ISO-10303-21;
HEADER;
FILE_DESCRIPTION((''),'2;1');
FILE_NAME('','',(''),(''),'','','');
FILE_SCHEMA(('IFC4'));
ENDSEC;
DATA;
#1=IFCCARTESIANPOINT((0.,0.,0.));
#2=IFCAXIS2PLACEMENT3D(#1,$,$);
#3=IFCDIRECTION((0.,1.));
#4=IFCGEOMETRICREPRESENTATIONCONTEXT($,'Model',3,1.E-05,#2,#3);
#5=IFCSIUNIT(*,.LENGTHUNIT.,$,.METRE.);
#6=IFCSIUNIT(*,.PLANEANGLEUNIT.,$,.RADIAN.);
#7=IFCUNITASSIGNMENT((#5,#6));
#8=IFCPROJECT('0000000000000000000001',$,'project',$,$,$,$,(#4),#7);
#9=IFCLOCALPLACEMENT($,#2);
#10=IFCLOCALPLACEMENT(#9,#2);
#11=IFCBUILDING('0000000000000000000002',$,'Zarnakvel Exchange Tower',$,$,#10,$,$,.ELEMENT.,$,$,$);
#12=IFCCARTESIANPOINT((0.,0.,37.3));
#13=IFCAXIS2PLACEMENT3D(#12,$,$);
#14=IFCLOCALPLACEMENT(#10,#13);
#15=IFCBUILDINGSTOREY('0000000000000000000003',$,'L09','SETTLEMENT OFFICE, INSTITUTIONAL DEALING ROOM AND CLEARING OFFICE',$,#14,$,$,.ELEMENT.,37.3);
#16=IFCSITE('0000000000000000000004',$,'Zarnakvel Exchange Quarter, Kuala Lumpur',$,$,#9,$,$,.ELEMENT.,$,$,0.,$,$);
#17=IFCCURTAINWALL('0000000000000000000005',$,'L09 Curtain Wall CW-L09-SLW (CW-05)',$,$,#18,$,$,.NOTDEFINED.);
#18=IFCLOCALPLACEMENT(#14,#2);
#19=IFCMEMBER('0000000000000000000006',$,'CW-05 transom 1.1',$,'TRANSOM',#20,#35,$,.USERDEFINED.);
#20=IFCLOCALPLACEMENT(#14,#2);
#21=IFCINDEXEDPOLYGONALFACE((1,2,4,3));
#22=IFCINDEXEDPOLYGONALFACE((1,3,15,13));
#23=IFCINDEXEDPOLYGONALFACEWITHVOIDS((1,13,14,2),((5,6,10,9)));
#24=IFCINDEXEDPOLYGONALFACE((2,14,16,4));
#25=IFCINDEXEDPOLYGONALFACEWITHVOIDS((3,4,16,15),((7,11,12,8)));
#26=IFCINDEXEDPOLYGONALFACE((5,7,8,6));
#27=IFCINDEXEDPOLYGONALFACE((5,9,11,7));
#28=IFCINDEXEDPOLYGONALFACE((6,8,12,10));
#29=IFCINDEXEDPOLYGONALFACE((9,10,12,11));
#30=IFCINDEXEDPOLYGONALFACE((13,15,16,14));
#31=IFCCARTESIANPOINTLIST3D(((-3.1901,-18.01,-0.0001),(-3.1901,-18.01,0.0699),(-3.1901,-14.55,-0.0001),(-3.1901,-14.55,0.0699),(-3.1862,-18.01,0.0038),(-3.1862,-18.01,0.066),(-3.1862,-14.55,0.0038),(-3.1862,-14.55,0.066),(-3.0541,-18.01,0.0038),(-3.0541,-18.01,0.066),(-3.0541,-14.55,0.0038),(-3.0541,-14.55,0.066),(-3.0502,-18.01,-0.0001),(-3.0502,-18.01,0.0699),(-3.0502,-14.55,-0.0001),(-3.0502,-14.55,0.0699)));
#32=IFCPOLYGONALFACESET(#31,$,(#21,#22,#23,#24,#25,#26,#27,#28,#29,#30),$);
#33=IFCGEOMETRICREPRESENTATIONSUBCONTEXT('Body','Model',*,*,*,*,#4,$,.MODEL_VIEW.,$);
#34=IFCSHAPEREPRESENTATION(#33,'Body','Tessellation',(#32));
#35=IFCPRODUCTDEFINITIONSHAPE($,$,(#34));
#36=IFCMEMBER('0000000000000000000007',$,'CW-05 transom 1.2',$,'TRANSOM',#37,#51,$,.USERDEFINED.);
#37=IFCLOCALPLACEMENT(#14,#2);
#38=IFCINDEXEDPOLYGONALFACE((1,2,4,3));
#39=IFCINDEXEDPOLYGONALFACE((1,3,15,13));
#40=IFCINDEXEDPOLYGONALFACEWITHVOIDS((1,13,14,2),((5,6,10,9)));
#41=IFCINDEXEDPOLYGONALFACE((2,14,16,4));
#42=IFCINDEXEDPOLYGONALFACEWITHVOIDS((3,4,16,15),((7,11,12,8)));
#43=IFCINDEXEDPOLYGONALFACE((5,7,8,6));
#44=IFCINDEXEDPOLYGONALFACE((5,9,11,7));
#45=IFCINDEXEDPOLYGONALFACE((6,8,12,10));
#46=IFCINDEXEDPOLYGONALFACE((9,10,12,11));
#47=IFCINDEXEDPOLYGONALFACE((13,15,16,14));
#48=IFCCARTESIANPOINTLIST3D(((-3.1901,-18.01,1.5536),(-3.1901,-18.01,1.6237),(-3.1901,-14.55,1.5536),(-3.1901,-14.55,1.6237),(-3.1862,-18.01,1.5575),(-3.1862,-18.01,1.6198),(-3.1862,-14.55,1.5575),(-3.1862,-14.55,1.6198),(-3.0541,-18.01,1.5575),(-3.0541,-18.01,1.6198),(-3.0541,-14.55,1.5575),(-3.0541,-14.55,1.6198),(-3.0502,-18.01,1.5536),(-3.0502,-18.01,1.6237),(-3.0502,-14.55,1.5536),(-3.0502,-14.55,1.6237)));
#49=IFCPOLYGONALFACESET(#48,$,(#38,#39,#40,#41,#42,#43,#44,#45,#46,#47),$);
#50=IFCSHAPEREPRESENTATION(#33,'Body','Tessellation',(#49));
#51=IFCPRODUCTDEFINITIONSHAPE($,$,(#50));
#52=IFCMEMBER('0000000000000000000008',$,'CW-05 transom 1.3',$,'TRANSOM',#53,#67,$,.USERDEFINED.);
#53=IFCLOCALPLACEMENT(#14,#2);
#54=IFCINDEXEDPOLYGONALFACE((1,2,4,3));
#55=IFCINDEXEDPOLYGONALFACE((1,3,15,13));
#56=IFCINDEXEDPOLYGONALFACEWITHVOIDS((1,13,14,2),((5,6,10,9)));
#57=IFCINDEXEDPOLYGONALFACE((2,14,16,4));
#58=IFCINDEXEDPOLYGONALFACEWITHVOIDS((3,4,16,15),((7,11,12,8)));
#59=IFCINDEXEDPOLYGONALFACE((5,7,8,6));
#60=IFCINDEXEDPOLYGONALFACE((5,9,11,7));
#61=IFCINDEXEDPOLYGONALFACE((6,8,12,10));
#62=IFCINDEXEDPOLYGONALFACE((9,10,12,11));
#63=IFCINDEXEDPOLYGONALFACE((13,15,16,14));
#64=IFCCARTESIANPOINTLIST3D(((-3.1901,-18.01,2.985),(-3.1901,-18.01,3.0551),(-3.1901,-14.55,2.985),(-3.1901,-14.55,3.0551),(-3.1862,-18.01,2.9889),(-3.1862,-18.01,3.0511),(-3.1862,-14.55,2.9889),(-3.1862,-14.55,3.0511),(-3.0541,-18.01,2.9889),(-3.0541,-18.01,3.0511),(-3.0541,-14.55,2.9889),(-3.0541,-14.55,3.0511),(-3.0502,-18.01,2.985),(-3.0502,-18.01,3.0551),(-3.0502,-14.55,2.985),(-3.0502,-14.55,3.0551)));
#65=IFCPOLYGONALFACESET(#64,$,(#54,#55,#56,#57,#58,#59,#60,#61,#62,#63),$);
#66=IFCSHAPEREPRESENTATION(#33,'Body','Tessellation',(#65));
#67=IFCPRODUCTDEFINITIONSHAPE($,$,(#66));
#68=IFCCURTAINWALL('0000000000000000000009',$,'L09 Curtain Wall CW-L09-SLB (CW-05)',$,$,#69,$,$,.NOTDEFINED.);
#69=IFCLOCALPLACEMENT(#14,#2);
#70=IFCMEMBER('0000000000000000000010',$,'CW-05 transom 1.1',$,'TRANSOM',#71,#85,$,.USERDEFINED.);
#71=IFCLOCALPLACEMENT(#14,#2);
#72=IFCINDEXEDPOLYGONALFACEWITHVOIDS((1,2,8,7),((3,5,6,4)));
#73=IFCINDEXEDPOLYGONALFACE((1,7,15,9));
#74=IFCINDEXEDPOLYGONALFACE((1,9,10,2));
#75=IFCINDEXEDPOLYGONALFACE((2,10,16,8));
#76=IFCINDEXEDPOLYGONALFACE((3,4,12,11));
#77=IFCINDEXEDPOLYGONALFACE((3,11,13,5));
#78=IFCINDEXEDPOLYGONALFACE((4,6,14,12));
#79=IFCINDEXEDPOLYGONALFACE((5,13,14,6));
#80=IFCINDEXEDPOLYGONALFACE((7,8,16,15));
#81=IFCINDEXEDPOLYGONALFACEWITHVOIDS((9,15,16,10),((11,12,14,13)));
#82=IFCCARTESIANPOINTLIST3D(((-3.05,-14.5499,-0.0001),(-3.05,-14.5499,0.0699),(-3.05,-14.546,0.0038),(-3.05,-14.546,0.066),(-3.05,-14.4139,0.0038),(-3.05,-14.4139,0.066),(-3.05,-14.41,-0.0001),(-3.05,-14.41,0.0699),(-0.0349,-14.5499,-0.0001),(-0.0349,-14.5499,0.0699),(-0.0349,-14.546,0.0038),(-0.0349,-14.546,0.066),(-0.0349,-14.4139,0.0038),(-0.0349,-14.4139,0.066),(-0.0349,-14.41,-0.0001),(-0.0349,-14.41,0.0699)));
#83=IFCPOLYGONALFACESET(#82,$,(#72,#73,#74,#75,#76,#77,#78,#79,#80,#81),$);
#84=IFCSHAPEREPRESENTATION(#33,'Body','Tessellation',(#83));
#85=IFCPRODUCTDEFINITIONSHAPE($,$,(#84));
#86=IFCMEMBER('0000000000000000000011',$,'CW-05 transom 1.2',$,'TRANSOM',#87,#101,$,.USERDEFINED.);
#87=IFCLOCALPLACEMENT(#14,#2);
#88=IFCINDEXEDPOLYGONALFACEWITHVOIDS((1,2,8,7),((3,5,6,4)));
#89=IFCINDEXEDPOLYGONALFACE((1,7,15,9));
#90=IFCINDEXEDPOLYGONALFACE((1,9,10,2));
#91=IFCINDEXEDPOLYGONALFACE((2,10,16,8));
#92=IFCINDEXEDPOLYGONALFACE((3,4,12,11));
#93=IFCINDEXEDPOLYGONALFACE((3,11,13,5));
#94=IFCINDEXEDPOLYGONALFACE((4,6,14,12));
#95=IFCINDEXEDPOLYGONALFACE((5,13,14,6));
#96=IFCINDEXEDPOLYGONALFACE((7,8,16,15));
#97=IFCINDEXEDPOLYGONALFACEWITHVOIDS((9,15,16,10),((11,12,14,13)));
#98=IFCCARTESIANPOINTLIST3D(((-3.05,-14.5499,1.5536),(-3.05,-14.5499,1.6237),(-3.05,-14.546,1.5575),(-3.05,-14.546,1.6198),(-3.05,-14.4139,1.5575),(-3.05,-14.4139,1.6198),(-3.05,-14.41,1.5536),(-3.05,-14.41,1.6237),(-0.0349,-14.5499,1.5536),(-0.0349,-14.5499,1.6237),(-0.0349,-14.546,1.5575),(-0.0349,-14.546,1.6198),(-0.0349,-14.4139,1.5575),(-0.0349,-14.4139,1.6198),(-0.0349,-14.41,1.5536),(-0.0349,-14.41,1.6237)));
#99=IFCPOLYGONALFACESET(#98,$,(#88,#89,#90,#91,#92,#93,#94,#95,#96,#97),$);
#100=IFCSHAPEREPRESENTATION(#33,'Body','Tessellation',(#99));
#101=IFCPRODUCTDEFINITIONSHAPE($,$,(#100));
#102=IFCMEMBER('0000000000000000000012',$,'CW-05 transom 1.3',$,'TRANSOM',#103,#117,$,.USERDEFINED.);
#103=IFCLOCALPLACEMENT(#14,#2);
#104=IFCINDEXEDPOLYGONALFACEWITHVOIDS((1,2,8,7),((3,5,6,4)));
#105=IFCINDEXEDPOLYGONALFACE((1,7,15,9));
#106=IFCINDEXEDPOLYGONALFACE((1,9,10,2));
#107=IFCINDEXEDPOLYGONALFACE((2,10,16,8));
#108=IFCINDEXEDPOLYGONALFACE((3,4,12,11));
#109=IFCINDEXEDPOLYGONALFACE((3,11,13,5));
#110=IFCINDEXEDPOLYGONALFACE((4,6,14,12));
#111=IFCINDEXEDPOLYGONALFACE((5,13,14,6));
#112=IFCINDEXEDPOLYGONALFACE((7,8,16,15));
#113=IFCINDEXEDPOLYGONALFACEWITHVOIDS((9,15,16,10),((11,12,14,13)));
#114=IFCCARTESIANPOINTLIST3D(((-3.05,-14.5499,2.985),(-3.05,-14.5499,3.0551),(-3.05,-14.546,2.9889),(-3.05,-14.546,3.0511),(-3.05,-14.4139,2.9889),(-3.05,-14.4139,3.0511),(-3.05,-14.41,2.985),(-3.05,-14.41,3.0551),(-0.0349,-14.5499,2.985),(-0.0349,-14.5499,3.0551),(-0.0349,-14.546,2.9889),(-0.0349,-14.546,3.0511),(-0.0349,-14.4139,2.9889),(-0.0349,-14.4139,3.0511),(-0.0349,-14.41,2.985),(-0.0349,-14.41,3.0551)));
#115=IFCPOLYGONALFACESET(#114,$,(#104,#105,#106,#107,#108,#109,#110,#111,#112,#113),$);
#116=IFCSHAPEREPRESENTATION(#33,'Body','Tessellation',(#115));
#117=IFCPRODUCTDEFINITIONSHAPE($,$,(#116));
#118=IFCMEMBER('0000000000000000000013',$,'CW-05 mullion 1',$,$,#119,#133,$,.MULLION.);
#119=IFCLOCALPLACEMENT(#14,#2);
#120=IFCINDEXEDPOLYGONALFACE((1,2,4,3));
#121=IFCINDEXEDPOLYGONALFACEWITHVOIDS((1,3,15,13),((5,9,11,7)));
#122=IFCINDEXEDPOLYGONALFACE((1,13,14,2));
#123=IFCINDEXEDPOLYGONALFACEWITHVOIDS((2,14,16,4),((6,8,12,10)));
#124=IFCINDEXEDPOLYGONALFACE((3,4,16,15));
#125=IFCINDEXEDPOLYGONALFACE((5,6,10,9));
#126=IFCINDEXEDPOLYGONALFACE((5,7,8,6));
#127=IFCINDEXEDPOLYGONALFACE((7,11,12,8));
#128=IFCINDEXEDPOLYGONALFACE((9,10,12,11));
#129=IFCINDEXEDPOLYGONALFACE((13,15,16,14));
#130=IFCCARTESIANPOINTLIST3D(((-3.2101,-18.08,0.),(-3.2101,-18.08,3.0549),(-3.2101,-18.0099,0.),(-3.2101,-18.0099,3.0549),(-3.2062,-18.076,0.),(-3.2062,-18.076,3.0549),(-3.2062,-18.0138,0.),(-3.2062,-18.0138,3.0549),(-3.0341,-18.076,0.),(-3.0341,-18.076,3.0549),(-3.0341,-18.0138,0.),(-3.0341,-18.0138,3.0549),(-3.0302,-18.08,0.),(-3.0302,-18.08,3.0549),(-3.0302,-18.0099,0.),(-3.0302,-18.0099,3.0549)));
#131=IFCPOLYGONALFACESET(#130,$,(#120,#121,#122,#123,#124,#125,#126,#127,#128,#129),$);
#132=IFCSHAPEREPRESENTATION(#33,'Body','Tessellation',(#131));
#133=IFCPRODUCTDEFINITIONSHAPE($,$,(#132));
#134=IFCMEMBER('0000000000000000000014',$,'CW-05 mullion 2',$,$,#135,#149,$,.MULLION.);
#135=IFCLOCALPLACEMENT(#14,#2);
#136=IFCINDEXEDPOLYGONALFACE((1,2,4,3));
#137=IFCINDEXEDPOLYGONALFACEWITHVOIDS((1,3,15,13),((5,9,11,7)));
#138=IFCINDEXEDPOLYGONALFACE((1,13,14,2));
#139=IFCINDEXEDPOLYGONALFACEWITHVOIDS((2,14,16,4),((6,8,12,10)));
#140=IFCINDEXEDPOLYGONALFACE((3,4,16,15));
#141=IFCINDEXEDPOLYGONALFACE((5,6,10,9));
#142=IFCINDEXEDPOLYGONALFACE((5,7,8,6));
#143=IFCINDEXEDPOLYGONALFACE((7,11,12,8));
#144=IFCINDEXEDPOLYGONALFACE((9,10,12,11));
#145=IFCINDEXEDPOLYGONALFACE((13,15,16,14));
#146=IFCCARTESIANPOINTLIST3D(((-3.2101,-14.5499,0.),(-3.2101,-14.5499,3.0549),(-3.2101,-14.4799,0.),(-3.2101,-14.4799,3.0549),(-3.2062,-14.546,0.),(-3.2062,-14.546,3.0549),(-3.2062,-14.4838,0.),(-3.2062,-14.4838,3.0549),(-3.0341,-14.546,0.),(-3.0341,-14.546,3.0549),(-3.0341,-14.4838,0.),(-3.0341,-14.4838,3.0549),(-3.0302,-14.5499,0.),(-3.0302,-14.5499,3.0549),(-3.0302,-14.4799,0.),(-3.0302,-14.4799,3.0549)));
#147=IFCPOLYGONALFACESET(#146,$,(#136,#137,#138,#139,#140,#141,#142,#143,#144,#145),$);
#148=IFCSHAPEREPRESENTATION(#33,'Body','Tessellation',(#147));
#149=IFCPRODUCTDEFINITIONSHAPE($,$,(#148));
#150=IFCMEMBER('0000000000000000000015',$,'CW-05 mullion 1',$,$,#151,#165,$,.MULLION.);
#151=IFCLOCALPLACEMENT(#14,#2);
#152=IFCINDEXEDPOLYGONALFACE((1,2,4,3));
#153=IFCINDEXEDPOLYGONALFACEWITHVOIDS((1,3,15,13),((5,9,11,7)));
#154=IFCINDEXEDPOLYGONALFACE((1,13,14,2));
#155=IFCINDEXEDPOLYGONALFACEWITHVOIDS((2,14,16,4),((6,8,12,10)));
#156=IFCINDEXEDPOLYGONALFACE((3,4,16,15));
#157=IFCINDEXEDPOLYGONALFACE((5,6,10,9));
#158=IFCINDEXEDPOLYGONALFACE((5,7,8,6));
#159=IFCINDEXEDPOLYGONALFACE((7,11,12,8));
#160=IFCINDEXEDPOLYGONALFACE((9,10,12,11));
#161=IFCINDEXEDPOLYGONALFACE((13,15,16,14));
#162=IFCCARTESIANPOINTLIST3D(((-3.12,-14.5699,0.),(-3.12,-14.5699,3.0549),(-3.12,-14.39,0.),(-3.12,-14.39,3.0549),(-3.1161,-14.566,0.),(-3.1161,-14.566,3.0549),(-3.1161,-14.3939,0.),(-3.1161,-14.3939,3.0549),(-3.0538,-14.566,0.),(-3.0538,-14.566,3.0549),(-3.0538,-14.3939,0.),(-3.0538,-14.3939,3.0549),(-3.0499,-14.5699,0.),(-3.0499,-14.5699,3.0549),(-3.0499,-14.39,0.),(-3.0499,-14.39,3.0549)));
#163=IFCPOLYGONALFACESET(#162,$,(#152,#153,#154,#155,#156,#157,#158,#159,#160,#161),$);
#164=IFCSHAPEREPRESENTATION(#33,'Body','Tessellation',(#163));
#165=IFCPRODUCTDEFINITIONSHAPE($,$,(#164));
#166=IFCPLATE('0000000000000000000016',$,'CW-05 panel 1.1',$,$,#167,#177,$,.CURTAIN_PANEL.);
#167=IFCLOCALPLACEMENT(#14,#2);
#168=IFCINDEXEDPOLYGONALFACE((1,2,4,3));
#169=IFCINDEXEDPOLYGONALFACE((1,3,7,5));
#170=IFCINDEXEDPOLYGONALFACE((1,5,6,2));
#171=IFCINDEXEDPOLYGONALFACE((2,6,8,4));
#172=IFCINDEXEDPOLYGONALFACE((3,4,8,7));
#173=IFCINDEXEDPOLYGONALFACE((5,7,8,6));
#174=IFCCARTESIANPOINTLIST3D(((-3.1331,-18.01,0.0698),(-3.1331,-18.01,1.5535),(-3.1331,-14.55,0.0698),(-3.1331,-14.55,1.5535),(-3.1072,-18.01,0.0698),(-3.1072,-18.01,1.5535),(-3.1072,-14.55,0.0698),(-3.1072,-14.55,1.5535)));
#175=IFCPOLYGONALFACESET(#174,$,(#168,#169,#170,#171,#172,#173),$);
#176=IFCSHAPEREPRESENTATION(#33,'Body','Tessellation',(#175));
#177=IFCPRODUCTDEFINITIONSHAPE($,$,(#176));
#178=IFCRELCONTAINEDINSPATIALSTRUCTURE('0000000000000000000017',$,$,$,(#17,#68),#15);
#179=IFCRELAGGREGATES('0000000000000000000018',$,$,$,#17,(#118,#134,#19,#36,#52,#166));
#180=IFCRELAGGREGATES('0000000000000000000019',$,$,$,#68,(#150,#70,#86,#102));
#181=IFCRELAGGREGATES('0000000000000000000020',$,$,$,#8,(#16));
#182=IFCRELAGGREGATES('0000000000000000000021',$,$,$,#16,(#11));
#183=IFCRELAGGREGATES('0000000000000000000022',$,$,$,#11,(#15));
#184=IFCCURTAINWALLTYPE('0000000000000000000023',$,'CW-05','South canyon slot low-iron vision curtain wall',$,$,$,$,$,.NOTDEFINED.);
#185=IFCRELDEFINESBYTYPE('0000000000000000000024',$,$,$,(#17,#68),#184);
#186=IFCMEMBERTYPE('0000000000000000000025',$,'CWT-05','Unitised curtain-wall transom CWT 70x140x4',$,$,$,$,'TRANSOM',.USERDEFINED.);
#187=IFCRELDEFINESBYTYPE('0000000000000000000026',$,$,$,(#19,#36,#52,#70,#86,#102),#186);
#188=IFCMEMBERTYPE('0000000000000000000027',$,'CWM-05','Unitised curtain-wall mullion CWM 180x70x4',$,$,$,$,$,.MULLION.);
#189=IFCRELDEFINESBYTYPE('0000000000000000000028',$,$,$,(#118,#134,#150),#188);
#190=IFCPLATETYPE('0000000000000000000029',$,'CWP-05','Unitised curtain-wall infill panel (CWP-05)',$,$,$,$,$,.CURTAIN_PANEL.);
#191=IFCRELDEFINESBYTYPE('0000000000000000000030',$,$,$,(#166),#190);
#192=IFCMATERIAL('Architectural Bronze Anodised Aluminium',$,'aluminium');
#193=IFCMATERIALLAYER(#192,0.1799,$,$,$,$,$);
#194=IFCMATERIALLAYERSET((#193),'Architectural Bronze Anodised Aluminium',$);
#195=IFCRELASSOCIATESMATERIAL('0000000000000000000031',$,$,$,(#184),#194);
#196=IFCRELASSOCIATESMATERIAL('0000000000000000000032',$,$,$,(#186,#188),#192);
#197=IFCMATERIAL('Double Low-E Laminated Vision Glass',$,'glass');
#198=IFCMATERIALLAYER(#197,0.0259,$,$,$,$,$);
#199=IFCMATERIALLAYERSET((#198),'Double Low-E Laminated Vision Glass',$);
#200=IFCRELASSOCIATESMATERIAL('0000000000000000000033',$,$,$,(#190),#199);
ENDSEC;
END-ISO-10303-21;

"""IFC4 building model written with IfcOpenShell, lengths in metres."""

from ifc_helpers import new_model, si_unit, direction, frame, origin, origin_2d, place, context, subcontext, project, spatial, rectangle, hollow_rectangle, extrude, source, transform, mapped, material, layer, layer_set, material_profile, profile_set, type_object, element, aggregate, save


model = new_model("IFC4")

# Units and contexts
model_context = context("Model", 3, precision=1e-05, world=origin(), true_north=direction((0.0, 1.0)))
body_context = subcontext(model_context, "Body", "Model", "MODEL_VIEW")
ifc_project = project(units=[si_unit("LENGTHUNIT", "METRE"), si_unit("PLANEANGLEUNIT", "RADIAN")], contexts=[model_context])

# Site, building, storey
site_placement = place(None, origin())
site = spatial("IfcSite", under=ifc_project, at=site_placement, Name="Zarnakvel Exchange Quarter, Kuala Lumpur", CompositionType="ELEMENT", RefElevation=0.0)
building_placement = place(site_placement, origin())
building = spatial("IfcBuilding", under=site, at=building_placement, Name="Zarnakvel Exchange Tower", CompositionType="ELEMENT")
storey_placement = place(building_placement, frame((0.0, 0.0, 37.3)))
storey = spatial("IfcBuildingStorey", under=building, at=storey_placement, Name="L09", Description="SETTLEMENT OFFICE, INSTITUTIONAL DEALING ROOM AND CLEARING OFFICE", CompositionType="ELEMENT", Elevation=37.3)

# Curtain walls, members
ifc_material_1 = material(Name="Architectural Bronze Anodised Aluminium", Category="aluminium")
ifc_layer_1 = layer(ifc_material_1, 0.1799)
ifc_layer_set_1 = layer_set([ifc_layer_1], Name="Architectural Bronze Anodised Aluminium")
curtain_wall_type = type_object("IfcCurtainWallType", Name="CW-05", Description="South canyon slot low-iron vision curtain wall", PredefinedType="NOTDEFINED", material=ifc_layer_set_1)
curtain_wall_1_placement = place(storey_placement, origin())
curtain_wall_1 = element("IfcCurtainWall", 1, at=curtain_wall_1_placement, inside=storey, type_object=curtain_wall_type, Name="L09 Curtain Wall CW-L09-SLW (CW-05)", PredefinedType="NOTDEFINED")
ifc_material_profile_1 = material_profile(ifc_material_1, hollow_rectangle(XDim=0.1399, YDim=0.0701, WallThickness=0.0039, at=origin_2d()))
ifc_profile_set_1 = profile_set([ifc_material_profile_1], Name="Architectural Bronze Anodised Aluminium")
member_type_1 = type_object("IfcMemberType", Name="CWT-05", Description="Unitised curtain-wall transom CWT 70x140x4", ElementType="TRANSOM", PredefinedType="USERDEFINED", material=ifc_profile_set_1)
shared_shape_1 = source(origin(), body_context, "Body", "SweptSolid", [
    extrude(hollow_rectangle(XDim=0.1399, YDim=0.0701, WallThickness=0.0039, at=origin_2d()), origin(), (0.0, 0.0, 1.0), 3.46),
])
member_1_placement = place(storey_placement, frame((-3.1201, -18.01, 0.0349), z_axis=(0.0, 1.0, 0.0), x_axis=(-1.0, 0.0, 0.0)))
member_1 = element("IfcMember", 2, at=member_1_placement, type_object=member_type_1, Name="CW-05 transom 1.1", ObjectType="TRANSOM", PredefinedType="USERDEFINED", context=body_context, shape_type="MappedRepresentation", body=[
    mapped(shared_shape_1, transform((0.0, 0.0, 0.0), x_axis=(1.0, 0.0, 0.0), y_axis=(0.0, 1.0, 0.0), z_axis=(0.0, 0.0, 1.0), scale=1.0)),
])
member_2_placement = place(storey_placement, frame((-3.1201, -18.01, 1.5886), z_axis=(0.0, 1.0, 0.0), x_axis=(-1.0, 0.0, 0.0)))
member_2 = element("IfcMember", 3, at=member_2_placement, type_object=member_type_1, Name="CW-05 transom 1.2", ObjectType="TRANSOM", PredefinedType="USERDEFINED", context=body_context, shape_type="MappedRepresentation", body=[
    mapped(shared_shape_1, transform((0.0, 0.0, 0.0), x_axis=(1.0, 0.0, 0.0), y_axis=(0.0, 1.0, 0.0), z_axis=(0.0, 0.0, 1.0), scale=1.0)),
])
member_3_placement = place(storey_placement, frame((-3.1201, -18.01, 3.02), z_axis=(0.0, 1.0, 0.0), x_axis=(-1.0, 0.0, 0.0)))
member_3 = element("IfcMember", 4, at=member_3_placement, type_object=member_type_1, Name="CW-05 transom 1.3", ObjectType="TRANSOM", PredefinedType="USERDEFINED", context=body_context, shape_type="MappedRepresentation", body=[
    mapped(shared_shape_1, transform((0.0, 0.0, 0.0), x_axis=(1.0, 0.0, 0.0), y_axis=(0.0, 1.0, 0.0), z_axis=(0.0, 0.0, 1.0), scale=1.0)),
])
curtain_wall_2_placement = place(storey_placement, origin())
curtain_wall_2 = element("IfcCurtainWall", 5, at=curtain_wall_2_placement, inside=storey, type_object=curtain_wall_type, Name="L09 Curtain Wall CW-L09-SLB (CW-05)", PredefinedType="NOTDEFINED")
shared_shape_2 = source(origin(), body_context, "Body", "SweptSolid", [
    extrude(hollow_rectangle(XDim=0.1399, YDim=0.0701, WallThickness=0.0039, at=origin_2d()), origin(), (0.0, 0.0, 1.0), 3.0151),
])
member_4_placement = place(storey_placement, frame((-3.05, -14.48, 0.0349), z_axis=(1.0, 0.0, 0.0), x_axis=(0.0, 1.0, 0.0)))
member_4 = element("IfcMember", 6, at=member_4_placement, type_object=member_type_1, Name="CW-05 transom 1.1", ObjectType="TRANSOM", PredefinedType="USERDEFINED", context=body_context, shape_type="MappedRepresentation", body=[
    mapped(shared_shape_2, transform((0.0, 0.0, 0.0), x_axis=(1.0, 0.0, 0.0), y_axis=(0.0, 1.0, 0.0), z_axis=(0.0, 0.0, 1.0), scale=1.0)),
])
member_5_placement = place(storey_placement, frame((-3.05, -14.48, 1.5886), z_axis=(1.0, 0.0, 0.0), x_axis=(0.0, 1.0, 0.0)))
member_5 = element("IfcMember", 7, at=member_5_placement, type_object=member_type_1, Name="CW-05 transom 1.2", ObjectType="TRANSOM", PredefinedType="USERDEFINED", context=body_context, shape_type="MappedRepresentation", body=[
    mapped(shared_shape_2, transform((0.0, 0.0, 0.0), x_axis=(1.0, 0.0, 0.0), y_axis=(0.0, 1.0, 0.0), z_axis=(0.0, 0.0, 1.0), scale=1.0)),
])
member_6_placement = place(storey_placement, frame((-3.05, -14.48, 3.02), z_axis=(1.0, 0.0, 0.0), x_axis=(0.0, 1.0, 0.0)))
member_6 = element("IfcMember", 8, at=member_6_placement, type_object=member_type_1, Name="CW-05 transom 1.3", ObjectType="TRANSOM", PredefinedType="USERDEFINED", context=body_context, shape_type="MappedRepresentation", body=[
    mapped(shared_shape_2, transform((0.0, 0.0, 0.0), x_axis=(1.0, 0.0, 0.0), y_axis=(0.0, 1.0, 0.0), z_axis=(0.0, 0.0, 1.0), scale=1.0)),
])

# Members
ifc_material_profile_2 = material_profile(ifc_material_1, hollow_rectangle(XDim=0.1799, YDim=0.0701, WallThickness=0.0039, at=origin_2d()))
ifc_profile_set_2 = profile_set([ifc_material_profile_2], Name="Architectural Bronze Anodised Aluminium")
member_type_2 = type_object("IfcMemberType", Name="CWM-05", Description="Unitised curtain-wall mullion CWM 180x70x4", PredefinedType="MULLION", material=ifc_profile_set_2)
shared_shape_3 = source(origin(), body_context, "Body", "SweptSolid", [
    extrude(hollow_rectangle(XDim=0.1799, YDim=0.0701, WallThickness=0.0039, at=origin_2d()), origin(), (0.0, 0.0, 1.0), 3.0549),
])
member_7_placement = place(storey_placement, frame((-3.1201, -18.0449, 0.0), z_axis=(0.0, 0.0, 1.0), x_axis=(-1.0, 0.0, 0.0)))
member_7 = element("IfcMember", 9, at=member_7_placement, type_object=member_type_2, Name="CW-05 mullion 1", PredefinedType="MULLION", context=body_context, shape_type="MappedRepresentation", body=[
    mapped(shared_shape_3, transform((0.0, 0.0, 0.0), x_axis=(1.0, 0.0, 0.0), y_axis=(0.0, 1.0, 0.0), z_axis=(0.0, 0.0, 1.0), scale=1.0)),
])
member_8_placement = place(storey_placement, frame((-3.1201, -14.5149, 0.0), z_axis=(0.0, 0.0, 1.0), x_axis=(-1.0, 0.0, 0.0)))
member_8 = element("IfcMember", 10, at=member_8_placement, type_object=member_type_2, Name="CW-05 mullion 2", PredefinedType="MULLION", context=body_context, shape_type="MappedRepresentation", body=[
    mapped(shared_shape_3, transform((0.0, 0.0, 0.0), x_axis=(1.0, 0.0, 0.0), y_axis=(0.0, 1.0, 0.0), z_axis=(0.0, 0.0, 1.0), scale=1.0)),
])
member_9_placement = place(storey_placement, frame((-3.085, -14.48, 0.0), z_axis=(0.0, 0.0, 1.0), x_axis=(0.0, 1.0, 0.0)))
member_9 = element("IfcMember", 11, at=member_9_placement, type_object=member_type_2, Name="CW-05 mullion 1", PredefinedType="MULLION", context=body_context, shape_type="MappedRepresentation", body=[
    mapped(shared_shape_3, transform((0.0, 0.0, 0.0), x_axis=(1.0, 0.0, 0.0), y_axis=(0.0, 1.0, 0.0), z_axis=(0.0, 0.0, 1.0), scale=1.0)),
])

# Plate
ifc_material_2 = material(Name="Double Low-E Laminated Vision Glass", Category="glass")
ifc_layer_2 = layer(ifc_material_2, 0.0259)
ifc_layer_set_2 = layer_set([ifc_layer_2], Name="Double Low-E Laminated Vision Glass")
plate_type = type_object("IfcPlateType", Name="CWP-05", Description="Unitised curtain-wall infill panel (CWP-05)", PredefinedType="CURTAIN_PANEL", material=ifc_layer_set_2)
shared_shape_4 = source(origin(), body_context, "Body", "SweptSolid", [
    extrude(rectangle(XDim=3.46, YDim=0.0259, at=origin_2d()), origin(), (0.0, 0.0, 1.0), 1.4836),
])
plate_1_placement = place(storey_placement, frame((-3.1201, -16.28, 0.0698), z_axis=(0.0, 0.0, 1.0), x_axis=(0.0, 1.0, 0.0)))
plate_1 = element("IfcPlate", 12, at=plate_1_placement, type_object=plate_type, Name="CW-05 panel 1.1", PredefinedType="CURTAIN_PANEL", context=body_context, shape_type="MappedRepresentation", body=[
    mapped(shared_shape_4, transform((0.0, 0.0, 0.0), x_axis=(1.0, 0.0, 0.0), y_axis=(0.0, 1.0, 0.0), z_axis=(0.0, 0.0, 1.0), scale=1.0)),
])
aggregate(curtain_wall_1, [member_7, member_8, member_1, member_2, member_3, plate_1])
aggregate(curtain_wall_2, [member_9, member_4, member_5, member_6])

save(model, "model.ifc")
